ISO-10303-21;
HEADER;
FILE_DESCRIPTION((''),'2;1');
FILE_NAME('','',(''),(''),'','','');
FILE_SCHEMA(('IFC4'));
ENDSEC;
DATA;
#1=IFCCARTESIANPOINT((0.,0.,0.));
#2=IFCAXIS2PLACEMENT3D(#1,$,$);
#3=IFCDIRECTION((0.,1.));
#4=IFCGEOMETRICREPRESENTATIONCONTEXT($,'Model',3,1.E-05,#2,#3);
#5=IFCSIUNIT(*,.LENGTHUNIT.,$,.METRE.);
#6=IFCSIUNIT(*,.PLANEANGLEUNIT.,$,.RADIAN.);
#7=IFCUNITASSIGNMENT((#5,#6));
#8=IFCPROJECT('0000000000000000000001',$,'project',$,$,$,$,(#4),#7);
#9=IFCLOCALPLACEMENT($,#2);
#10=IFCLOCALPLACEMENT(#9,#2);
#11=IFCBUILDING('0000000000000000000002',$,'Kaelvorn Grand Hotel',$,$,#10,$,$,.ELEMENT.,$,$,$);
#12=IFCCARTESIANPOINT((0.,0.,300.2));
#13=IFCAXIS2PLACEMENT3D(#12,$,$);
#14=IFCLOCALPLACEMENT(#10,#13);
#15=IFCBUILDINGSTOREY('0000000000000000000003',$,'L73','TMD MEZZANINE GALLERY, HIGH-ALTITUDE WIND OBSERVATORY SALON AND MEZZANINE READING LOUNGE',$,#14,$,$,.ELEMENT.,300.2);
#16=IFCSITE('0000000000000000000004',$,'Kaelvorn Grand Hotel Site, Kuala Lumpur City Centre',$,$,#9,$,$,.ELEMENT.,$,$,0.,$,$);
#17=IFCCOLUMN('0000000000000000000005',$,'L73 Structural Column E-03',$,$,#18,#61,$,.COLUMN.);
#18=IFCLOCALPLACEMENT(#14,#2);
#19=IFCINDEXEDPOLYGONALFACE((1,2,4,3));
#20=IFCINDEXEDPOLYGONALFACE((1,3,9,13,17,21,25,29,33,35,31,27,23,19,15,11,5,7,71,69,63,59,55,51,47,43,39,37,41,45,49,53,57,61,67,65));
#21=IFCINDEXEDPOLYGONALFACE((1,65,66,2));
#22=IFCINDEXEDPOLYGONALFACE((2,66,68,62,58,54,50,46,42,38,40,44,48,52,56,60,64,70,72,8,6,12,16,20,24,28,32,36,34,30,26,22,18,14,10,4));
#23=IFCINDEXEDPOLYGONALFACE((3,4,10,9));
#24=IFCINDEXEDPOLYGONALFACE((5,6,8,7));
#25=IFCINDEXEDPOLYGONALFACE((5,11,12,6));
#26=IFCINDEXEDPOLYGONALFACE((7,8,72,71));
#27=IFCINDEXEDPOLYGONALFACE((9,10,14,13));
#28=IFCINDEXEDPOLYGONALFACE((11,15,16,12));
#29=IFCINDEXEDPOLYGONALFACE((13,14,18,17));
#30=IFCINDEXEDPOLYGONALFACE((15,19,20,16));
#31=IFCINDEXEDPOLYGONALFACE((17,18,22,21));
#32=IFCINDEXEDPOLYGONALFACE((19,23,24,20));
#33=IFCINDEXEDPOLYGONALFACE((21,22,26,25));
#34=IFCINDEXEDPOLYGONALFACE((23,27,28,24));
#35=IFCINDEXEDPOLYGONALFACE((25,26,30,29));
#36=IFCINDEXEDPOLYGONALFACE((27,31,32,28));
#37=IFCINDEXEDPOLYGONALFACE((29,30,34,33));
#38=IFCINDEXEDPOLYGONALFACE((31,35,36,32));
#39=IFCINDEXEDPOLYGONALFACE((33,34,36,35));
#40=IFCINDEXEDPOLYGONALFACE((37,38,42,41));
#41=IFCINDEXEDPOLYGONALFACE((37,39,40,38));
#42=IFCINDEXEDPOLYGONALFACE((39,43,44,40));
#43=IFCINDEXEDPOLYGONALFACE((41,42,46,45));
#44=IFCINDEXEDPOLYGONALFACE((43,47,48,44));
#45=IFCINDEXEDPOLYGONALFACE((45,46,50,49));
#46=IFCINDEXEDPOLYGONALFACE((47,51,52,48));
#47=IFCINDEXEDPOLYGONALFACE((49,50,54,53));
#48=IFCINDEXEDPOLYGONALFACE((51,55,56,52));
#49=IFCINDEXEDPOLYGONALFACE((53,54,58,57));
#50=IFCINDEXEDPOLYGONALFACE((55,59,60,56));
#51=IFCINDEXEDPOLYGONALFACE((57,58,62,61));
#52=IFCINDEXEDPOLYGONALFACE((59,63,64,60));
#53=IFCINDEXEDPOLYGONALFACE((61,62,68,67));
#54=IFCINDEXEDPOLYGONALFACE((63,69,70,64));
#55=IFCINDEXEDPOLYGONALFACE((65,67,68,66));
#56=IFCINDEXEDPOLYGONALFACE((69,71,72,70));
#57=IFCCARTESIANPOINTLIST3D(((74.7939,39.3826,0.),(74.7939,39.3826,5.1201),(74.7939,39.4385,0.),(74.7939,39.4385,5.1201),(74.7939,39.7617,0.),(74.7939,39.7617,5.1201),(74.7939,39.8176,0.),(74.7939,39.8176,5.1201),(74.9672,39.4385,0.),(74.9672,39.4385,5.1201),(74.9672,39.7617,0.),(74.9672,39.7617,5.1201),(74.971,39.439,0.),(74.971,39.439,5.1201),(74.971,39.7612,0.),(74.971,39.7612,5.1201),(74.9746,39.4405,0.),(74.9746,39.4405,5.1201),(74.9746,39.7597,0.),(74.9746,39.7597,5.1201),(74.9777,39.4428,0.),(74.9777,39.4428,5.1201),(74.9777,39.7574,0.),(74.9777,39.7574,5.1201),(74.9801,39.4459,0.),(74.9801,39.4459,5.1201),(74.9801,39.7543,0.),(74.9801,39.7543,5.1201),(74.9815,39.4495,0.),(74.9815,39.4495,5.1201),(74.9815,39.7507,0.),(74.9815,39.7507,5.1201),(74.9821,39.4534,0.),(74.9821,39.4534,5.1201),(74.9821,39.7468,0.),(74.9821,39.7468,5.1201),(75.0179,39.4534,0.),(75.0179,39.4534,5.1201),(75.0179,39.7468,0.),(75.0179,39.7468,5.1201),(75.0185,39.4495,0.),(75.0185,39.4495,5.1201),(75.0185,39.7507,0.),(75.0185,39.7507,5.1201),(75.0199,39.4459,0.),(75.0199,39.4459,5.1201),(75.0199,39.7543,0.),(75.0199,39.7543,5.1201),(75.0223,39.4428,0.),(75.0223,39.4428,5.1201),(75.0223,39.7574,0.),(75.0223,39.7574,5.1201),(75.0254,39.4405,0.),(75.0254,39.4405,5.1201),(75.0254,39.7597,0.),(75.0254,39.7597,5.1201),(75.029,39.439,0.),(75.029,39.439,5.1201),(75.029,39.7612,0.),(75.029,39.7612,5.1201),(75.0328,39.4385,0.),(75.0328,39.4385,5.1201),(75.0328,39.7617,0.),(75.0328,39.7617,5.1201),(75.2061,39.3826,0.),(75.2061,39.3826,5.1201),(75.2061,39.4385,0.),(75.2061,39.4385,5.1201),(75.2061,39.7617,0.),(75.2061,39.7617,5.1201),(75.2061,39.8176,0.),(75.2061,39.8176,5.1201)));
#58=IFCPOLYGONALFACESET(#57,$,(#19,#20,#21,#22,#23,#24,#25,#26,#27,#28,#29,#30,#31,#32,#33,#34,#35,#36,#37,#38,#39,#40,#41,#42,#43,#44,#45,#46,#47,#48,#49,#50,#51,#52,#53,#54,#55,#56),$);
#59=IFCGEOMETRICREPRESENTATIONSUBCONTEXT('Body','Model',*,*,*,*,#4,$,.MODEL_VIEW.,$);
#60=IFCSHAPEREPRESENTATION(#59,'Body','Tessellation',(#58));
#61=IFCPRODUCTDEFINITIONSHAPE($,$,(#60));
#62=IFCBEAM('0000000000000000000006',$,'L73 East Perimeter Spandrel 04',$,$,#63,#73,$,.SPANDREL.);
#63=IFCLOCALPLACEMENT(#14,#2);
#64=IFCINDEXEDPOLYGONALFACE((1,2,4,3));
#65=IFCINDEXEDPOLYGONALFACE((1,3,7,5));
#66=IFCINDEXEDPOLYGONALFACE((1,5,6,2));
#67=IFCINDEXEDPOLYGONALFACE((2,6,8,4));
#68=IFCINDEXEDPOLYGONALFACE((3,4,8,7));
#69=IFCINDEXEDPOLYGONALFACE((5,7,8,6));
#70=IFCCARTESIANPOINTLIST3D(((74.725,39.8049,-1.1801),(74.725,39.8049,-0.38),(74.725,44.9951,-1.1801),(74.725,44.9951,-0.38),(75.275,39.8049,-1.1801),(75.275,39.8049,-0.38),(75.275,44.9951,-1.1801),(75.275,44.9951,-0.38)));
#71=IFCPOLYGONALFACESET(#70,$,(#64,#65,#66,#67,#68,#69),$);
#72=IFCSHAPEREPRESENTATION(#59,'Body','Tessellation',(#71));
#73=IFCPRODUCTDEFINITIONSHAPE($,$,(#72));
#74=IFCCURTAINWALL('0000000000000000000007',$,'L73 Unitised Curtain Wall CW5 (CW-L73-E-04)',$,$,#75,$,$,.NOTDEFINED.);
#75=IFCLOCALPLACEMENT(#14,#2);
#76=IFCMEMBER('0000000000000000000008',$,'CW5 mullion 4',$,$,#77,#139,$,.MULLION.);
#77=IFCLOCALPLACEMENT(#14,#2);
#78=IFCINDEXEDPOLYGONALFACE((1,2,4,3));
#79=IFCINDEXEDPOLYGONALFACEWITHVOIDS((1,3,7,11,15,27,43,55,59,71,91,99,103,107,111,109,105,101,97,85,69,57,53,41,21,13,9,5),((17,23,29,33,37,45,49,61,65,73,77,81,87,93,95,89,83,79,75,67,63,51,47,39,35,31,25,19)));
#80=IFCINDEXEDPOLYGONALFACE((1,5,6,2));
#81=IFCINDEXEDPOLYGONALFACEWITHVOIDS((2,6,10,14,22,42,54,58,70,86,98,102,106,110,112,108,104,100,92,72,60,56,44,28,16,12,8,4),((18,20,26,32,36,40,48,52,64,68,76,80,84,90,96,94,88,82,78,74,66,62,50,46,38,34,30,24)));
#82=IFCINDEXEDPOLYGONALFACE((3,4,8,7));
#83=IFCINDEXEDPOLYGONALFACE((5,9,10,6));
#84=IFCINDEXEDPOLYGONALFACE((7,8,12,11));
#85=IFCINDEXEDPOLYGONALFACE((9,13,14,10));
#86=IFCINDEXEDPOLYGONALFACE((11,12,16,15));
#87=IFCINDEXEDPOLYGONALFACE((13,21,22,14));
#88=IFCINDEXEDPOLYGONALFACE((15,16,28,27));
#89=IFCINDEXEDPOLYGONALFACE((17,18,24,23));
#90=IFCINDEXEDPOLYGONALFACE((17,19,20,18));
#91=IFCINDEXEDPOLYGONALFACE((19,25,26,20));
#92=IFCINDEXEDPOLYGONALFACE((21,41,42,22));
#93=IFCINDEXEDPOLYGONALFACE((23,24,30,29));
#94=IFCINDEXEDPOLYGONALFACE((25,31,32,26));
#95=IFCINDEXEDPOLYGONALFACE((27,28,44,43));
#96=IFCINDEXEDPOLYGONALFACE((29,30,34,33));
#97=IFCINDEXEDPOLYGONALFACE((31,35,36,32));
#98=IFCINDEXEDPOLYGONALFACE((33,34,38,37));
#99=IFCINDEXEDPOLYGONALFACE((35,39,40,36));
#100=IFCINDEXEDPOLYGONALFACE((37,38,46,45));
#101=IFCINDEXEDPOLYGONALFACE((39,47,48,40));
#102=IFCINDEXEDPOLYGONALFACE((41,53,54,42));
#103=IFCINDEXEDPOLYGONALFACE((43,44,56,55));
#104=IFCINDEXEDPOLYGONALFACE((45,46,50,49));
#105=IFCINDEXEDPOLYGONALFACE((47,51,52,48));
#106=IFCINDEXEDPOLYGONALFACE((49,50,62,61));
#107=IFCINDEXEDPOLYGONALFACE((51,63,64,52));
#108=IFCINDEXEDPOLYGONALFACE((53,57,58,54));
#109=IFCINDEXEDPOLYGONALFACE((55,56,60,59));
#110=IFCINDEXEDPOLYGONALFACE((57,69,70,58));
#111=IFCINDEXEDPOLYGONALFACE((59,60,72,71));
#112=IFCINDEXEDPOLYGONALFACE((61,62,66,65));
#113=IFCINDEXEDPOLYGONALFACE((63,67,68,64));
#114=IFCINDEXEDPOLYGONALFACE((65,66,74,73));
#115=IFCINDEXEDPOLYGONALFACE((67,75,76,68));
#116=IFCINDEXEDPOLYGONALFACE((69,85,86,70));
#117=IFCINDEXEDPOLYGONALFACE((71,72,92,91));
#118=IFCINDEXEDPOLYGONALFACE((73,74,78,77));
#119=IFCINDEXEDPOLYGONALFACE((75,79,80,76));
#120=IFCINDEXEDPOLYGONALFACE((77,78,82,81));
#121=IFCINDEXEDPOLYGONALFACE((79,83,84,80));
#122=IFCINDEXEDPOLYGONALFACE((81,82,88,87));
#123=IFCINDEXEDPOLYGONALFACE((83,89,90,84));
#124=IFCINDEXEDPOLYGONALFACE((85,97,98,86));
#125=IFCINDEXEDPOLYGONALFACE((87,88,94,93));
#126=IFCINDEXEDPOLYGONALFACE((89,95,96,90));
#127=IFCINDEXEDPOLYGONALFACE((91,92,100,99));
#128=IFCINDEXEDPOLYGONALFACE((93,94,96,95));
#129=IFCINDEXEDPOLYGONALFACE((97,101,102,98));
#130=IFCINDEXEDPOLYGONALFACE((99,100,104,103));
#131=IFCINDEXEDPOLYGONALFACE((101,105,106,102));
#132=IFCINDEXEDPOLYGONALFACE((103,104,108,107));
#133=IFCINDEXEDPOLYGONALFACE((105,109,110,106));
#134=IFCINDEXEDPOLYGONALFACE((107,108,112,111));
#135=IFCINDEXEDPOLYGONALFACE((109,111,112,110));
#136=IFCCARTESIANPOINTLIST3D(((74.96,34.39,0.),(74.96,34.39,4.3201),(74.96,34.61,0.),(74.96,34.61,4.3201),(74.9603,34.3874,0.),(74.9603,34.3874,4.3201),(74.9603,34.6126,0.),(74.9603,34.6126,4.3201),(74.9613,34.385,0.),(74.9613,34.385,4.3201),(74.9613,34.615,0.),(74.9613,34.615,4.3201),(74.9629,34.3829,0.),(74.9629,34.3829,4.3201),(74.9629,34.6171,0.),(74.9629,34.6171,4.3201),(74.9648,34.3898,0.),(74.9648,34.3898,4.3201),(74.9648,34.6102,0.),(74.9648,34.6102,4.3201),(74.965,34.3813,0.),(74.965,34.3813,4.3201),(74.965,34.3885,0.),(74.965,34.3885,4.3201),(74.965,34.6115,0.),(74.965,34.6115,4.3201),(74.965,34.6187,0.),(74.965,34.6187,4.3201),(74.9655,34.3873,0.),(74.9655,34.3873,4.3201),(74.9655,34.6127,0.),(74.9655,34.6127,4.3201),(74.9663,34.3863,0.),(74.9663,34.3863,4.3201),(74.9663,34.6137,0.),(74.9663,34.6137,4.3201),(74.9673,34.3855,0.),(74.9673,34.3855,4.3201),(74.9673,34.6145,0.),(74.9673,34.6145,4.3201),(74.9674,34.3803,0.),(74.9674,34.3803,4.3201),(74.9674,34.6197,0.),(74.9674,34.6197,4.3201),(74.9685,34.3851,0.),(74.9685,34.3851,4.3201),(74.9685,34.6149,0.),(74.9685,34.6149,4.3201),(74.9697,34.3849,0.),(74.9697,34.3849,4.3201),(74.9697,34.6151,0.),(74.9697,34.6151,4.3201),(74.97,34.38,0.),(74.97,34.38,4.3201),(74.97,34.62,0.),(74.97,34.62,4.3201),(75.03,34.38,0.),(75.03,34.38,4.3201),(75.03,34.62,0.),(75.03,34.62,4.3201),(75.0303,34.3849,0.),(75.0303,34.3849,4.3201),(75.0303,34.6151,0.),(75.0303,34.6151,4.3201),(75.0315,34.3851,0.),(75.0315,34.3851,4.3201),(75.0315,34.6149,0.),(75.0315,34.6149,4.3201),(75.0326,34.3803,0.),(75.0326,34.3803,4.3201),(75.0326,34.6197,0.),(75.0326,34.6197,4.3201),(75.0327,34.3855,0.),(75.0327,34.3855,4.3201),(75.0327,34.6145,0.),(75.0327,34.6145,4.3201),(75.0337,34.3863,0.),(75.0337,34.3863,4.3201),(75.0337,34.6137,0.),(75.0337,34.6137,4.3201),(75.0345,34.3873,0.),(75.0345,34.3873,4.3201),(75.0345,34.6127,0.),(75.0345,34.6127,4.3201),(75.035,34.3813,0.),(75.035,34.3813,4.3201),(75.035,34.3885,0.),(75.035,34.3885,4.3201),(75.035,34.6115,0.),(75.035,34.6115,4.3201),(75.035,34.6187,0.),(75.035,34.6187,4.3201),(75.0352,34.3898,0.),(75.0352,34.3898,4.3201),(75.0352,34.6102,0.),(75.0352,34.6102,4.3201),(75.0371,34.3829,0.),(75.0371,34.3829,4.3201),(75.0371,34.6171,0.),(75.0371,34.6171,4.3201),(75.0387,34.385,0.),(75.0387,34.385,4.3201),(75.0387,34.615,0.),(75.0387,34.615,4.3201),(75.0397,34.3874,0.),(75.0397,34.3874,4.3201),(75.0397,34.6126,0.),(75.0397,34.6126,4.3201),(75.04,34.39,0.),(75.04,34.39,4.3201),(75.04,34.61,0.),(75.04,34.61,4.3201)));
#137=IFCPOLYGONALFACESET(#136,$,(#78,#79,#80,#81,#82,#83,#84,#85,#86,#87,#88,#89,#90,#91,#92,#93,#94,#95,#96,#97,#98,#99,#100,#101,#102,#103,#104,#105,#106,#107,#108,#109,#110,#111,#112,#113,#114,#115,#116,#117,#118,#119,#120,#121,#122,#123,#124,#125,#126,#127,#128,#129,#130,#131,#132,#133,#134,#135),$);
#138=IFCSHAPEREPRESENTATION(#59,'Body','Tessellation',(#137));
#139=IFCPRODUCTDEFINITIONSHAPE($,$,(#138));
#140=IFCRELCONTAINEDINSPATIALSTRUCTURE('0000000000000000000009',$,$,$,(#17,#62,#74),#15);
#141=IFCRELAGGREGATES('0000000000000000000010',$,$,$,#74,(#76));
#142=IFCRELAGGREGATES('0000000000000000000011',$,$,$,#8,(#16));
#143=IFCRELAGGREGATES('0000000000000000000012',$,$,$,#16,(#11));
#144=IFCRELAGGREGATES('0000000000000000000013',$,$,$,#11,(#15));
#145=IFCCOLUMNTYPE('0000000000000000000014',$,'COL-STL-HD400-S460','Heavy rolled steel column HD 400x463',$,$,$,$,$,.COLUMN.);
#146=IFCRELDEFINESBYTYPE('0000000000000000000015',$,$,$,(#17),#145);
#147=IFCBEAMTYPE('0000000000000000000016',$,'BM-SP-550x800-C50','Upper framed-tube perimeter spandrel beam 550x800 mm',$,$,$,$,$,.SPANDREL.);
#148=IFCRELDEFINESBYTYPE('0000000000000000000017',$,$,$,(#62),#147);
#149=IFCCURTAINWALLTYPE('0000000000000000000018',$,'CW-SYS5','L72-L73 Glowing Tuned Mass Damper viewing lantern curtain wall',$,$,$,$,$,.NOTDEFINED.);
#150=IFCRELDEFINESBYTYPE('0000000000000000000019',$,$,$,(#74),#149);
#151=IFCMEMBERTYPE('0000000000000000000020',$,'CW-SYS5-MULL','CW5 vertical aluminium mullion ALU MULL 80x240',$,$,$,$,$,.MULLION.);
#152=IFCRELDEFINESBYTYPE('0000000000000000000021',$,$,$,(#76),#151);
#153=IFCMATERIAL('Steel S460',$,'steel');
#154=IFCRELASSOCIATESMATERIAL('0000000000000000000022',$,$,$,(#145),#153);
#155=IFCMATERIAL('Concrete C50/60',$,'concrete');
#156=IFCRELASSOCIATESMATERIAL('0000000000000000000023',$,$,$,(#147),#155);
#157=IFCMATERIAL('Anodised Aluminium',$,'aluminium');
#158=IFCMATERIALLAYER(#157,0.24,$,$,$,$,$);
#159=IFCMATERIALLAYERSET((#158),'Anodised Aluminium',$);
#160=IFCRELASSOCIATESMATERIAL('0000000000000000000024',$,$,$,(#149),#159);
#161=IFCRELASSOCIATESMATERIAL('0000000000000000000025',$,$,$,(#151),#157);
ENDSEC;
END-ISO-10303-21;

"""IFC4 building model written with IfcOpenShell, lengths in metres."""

from ifc_helpers import new_model, si_unit, direction, frame, origin, origin_2d, place, context, subcontext, project, spatial, rectangle, hollow_rectangle, i_section, extrude, material, layer, layer_set, material_profile, profile_set, type_object, element, aggregate, save


model = new_model("IFC4")

# Units and contexts
model_context = context("Model", 3, precision=1e-05, world=origin(), true_north=direction((0.0, 1.0)))
body_context = subcontext(model_context, "Body", "Model", "MODEL_VIEW")
ifc_project = project(units=[si_unit("LENGTHUNIT", "METRE"), si_unit("PLANEANGLEUNIT", "RADIAN")], contexts=[model_context])

# Site, building, storey
site_placement = place(None, origin())
site = spatial("IfcSite", under=ifc_project, at=site_placement, Name="Kaelvorn Grand Hotel Site, Kuala Lumpur City Centre", CompositionType="ELEMENT", RefElevation=0.0)
building_placement = place(site_placement, origin())
building = spatial("IfcBuilding", under=site, at=building_placement, Name="Kaelvorn Grand Hotel", CompositionType="ELEMENT")
storey_placement = place(building_placement, frame((0.0, 0.0, 300.2)))
storey = spatial("IfcBuildingStorey", under=building, at=storey_placement, Name="L73", Description="TMD MEZZANINE GALLERY, HIGH-ALTITUDE WIND OBSERVATORY SALON AND MEZZANINE READING LOUNGE", CompositionType="ELEMENT", Elevation=300.2)

# Column
ifc_material_1 = material(Name="Steel S460", Category="steel")
ifc_material_profile_1 = material_profile(ifc_material_1, i_section(OverallWidth=0.4121, OverallDepth=0.4351, WebThickness=0.0359, FlangeThickness=0.0559, FilletRadius=0.0149, at=origin_2d()), Name="HD 400x463")
ifc_profile_set_1 = profile_set([ifc_material_profile_1], Name="Steel S460")
column_type = type_object("IfcColumnType", Name="COL-STL-HD400-S460", Description="Heavy rolled steel column HD 400x463", PredefinedType="COLUMN", material=ifc_profile_set_1)
column_placement = place(storey_placement, frame((75.0, 39.6001, 0.0), z_axis=(0.0, 0.0, 1.0), x_axis=(1.0, 0.0, 0.0)))
element("IfcColumn", 1, at=column_placement, inside=storey, type_object=column_type, Name="L73 Structural Column E-03", PredefinedType="COLUMN", context=body_context, shape_type="SweptSolid", body=[
    extrude(i_section(OverallWidth=0.4121, OverallDepth=0.4351, WebThickness=0.0359, FlangeThickness=0.0559, FilletRadius=0.0149, at=origin_2d()), origin(), (0.0, 0.0, 1.0), 5.1201),
])

# Beam
ifc_material_2 = material(Name="Concrete C50/60", Category="concrete")
ifc_material_profile_2 = material_profile(ifc_material_2, rectangle(XDim=0.55, YDim=0.8, at=origin_2d()), Name="RC SPANDREL 550x800")
ifc_profile_set_2 = profile_set([ifc_material_profile_2], Name="Concrete C50/60")
beam_type = type_object("IfcBeamType", Name="BM-SP-550x800-C50", Description="Upper framed-tube perimeter spandrel beam 550x800 mm", PredefinedType="SPANDREL", material=ifc_profile_set_2)
beam_placement = place(storey_placement, frame((75.0, 39.8049, -0.78), z_axis=(0.0, 1.0, 0.0), x_axis=(-1.0, 0.0, 0.0)))
element("IfcBeam", 2, at=beam_placement, inside=storey, type_object=beam_type, Name="L73 East Perimeter Spandrel 04", PredefinedType="SPANDREL", context=body_context, shape_type="SweptSolid", body=[
    extrude(rectangle(XDim=0.55, YDim=0.8, at=origin_2d()), origin(), (0.0, 0.0, 1.0), 5.1902),
])

# Curtain wall, member
ifc_material_3 = material(Name="Anodised Aluminium", Category="aluminium")
ifc_layer_1 = layer(ifc_material_3, 0.24)
ifc_layer_set_1 = layer_set([ifc_layer_1], Name="Anodised Aluminium")
curtain_wall_type = type_object("IfcCurtainWallType", Name="CW-SYS5", Description="L72-L73 Glowing Tuned Mass Damper viewing lantern curtain wall", PredefinedType="NOTDEFINED", material=ifc_layer_set_1)
curtain_wall_placement = place(storey_placement, origin())
curtain_wall = element("IfcCurtainWall", 3, at=curtain_wall_placement, inside=storey, type_object=curtain_wall_type, Name="L73 Unitised Curtain Wall CW5 (CW-L73-E-04)", PredefinedType="NOTDEFINED")
ifc_material_profile_3 = material_profile(ifc_material_3, hollow_rectangle(XDim=0.0801, YDim=0.24, WallThickness=0.0049, InnerFilletRadius=0.0049, OuterFilletRadius=0.01, at=origin_2d()), Name="ALU MULL 80x240")
ifc_profile_set_3 = profile_set([ifc_material_profile_3], Name="Anodised Aluminium")
member_type_1 = type_object("IfcMemberType", Name="CW-SYS5-MULL", Description="CW5 vertical aluminium mullion ALU MULL 80x240", PredefinedType="MULLION", material=ifc_profile_set_3)
member_1_placement = place(storey_placement, frame((75.0, 34.5, 0.0), z_axis=(0.0, 0.0, 1.0), x_axis=(-1.0, 0.0, 0.0)))
member_1 = element("IfcMember", 4, at=member_1_placement, type_object=member_type_1, Name="CW5 mullion 4", PredefinedType="MULLION", context=body_context, shape_type="SweptSolid", body=[
    extrude(hollow_rectangle(XDim=0.0801, YDim=0.24, WallThickness=0.0049, InnerFilletRadius=0.0049, OuterFilletRadius=0.01, at=origin_2d()), origin(), (0.0, 0.0, 1.0), 4.3201),
])
aggregate(curtain_wall, [member_1])

save(model, "model.ifc")
